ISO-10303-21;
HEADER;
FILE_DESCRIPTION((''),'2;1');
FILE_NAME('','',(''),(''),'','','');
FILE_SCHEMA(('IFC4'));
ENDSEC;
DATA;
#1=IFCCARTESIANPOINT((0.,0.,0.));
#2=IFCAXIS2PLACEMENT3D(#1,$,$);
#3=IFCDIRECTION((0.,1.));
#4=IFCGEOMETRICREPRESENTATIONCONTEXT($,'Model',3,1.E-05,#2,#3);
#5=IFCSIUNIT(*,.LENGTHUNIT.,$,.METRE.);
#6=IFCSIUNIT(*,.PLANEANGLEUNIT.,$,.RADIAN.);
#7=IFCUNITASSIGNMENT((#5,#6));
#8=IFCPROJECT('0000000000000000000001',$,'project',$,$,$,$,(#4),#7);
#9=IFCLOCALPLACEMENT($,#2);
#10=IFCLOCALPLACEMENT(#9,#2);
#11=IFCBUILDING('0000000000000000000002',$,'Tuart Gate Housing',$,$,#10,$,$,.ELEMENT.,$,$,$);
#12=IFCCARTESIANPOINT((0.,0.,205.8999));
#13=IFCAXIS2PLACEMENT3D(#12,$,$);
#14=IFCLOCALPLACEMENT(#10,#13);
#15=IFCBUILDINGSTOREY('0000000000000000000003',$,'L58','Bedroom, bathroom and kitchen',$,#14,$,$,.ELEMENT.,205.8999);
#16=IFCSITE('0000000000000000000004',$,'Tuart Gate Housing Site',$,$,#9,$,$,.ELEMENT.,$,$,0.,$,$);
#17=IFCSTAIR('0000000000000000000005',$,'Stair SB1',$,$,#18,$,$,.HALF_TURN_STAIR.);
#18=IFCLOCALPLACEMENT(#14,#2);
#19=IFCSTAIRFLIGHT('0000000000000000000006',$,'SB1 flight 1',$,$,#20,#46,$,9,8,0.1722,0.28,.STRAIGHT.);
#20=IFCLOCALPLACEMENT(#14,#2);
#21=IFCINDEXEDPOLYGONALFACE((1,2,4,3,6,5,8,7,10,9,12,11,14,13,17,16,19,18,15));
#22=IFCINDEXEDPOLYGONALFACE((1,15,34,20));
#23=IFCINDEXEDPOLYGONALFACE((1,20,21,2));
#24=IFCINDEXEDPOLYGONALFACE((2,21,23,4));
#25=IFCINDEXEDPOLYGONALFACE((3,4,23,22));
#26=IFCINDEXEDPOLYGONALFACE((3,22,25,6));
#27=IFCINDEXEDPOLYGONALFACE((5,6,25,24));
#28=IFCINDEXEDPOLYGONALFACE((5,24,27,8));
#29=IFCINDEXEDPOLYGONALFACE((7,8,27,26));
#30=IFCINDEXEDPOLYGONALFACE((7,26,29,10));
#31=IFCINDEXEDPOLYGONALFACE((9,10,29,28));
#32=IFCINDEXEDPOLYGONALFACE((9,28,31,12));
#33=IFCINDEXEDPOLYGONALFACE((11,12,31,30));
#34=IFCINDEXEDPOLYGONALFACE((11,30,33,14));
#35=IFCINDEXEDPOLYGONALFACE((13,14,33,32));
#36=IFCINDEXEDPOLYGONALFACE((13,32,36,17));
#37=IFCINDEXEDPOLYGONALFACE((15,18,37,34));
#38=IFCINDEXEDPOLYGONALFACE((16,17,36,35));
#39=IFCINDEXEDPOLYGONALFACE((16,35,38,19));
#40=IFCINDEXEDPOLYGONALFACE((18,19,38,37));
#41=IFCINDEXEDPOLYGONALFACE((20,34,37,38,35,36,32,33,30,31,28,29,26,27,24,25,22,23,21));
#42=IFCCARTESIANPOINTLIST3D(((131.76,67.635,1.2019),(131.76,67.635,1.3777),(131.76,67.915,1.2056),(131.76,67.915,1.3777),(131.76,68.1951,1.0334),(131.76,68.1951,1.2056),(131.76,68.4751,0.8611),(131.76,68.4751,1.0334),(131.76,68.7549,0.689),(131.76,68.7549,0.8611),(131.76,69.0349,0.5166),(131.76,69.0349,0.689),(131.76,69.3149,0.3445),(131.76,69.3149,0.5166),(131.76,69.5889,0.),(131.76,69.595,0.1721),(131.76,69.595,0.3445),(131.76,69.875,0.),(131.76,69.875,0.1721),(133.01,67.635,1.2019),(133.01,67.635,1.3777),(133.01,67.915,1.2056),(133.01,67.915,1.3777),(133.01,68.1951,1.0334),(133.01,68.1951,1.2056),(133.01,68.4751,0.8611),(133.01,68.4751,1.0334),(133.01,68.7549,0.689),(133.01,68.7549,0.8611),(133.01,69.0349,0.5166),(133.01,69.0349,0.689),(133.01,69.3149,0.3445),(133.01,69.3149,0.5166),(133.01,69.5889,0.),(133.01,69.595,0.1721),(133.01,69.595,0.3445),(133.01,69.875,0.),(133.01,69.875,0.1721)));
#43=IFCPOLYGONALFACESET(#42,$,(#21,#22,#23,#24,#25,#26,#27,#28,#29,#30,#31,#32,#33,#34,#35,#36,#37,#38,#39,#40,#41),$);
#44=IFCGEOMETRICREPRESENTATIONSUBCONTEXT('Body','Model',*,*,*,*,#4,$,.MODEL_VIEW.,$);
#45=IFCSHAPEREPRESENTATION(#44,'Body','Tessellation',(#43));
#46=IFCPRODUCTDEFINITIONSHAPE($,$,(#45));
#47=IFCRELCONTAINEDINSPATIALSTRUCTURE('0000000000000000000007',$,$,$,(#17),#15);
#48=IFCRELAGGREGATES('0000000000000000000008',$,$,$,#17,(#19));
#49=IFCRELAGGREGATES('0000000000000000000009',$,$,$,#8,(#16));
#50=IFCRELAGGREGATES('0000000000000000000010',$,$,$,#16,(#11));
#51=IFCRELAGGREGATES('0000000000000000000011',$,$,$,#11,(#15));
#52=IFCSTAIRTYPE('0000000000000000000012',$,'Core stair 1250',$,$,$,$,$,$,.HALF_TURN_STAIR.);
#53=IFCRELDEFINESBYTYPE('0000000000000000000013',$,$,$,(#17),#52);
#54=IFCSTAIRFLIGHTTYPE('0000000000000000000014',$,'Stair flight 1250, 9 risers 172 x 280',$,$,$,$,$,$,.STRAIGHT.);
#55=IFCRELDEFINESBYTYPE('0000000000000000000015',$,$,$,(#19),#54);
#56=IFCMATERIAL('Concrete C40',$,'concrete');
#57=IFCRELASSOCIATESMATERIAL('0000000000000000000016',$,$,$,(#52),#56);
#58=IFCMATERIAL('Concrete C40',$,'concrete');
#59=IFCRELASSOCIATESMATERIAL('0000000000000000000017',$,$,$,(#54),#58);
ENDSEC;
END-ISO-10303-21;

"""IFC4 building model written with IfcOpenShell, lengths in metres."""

from ifc_helpers import new_model, si_unit, direction, frame, origin, place, context, subcontext, project, spatial, polyline, outline, extrude, material, type_object, element, aggregate, save


model = new_model("IFC4")

# Units and contexts
model_context = context("Model", 3, precision=1e-05, world=origin(), true_north=direction((0.0, 1.0)))
body_context = subcontext(model_context, "Body", "Model", "MODEL_VIEW")
ifc_project = project(units=[si_unit("LENGTHUNIT", "METRE"), si_unit("PLANEANGLEUNIT", "RADIAN")], contexts=[model_context])

# Site, building, storey
site_placement = place(None, origin())
site = spatial("IfcSite", under=ifc_project, at=site_placement, Name="Tuart Gate Housing Site", CompositionType="ELEMENT", RefElevation=0.0)
building_placement = place(site_placement, origin())
building = spatial("IfcBuilding", under=site, at=building_placement, Name="Tuart Gate Housing", CompositionType="ELEMENT")
storey_placement = place(building_placement, frame((0.0, 0.0, 205.8999)))
storey = spatial("IfcBuildingStorey", under=building, at=storey_placement, Name="L58", Description="Bedroom, bathroom and kitchen", CompositionType="ELEMENT", Elevation=205.8999)

# Stair, stair flight
ifc_material_1 = material(Name="Concrete C40", Category="concrete")
stair_type = type_object("IfcStairType", Name="Core stair 1250", PredefinedType="HALF_TURN_STAIR", material=ifc_material_1)
stair_placement = place(storey_placement, origin())
stair = element("IfcStair", 1, at=stair_placement, inside=storey, type_object=stair_type, Name="Stair SB1", PredefinedType="HALF_TURN_STAIR")
ifc_material_2 = material(Name="Concrete C40", Category="concrete")
stair_flight_type = type_object("IfcStairFlightType", Name="Stair flight 1250, 9 risers 172 x 280", PredefinedType="STRAIGHT", material=ifc_material_2)
stair_flight_placement = place(storey_placement, frame((132.385, 69.875, 0.0), z_axis=(0.0, 0.0, 1.0), x_axis=(0.0, -1.0, 0.0)))
stair_flight = element("IfcStairFlight", 2, at=stair_flight_placement, type_object=stair_flight_type, Name="SB1 flight 1", NumberOfRisers=9, NumberOfTreads=8, PredefinedType="STRAIGHT", RiserHeight=0.1722, TreadLength=0.28, context=body_context, shape_type="SweptSolid", body=[
    extrude(outline(polyline([(0.0, 0.0), (0.0, 0.1721), (0.28, 0.1721), (0.28, 0.3445), (0.5601, 0.3445), (0.5601, 0.5166), (0.8401, 0.5166), (0.8401, 0.689), (1.1201, 0.689), (1.1201, 0.8611), (1.3999, 0.8611), (1.3999, 1.0334), (1.6799, 1.0334), (1.6799, 1.2056), (1.96, 1.2056), (1.96, 1.3777), (2.24, 1.3777), (2.24, 1.55), (2.24, 1.2019), (0.2861, 0.0), (0.0, 0.0)])), frame((0.0, 0.625, 0.0), z_axis=(0.0, -1.0, 0.0), x_axis=(1.0, 0.0, 0.0)), (0.0, 0.0, 1.0), 1.25),
])
aggregate(stair, [stair_flight])

save(model, "model.ifc")
